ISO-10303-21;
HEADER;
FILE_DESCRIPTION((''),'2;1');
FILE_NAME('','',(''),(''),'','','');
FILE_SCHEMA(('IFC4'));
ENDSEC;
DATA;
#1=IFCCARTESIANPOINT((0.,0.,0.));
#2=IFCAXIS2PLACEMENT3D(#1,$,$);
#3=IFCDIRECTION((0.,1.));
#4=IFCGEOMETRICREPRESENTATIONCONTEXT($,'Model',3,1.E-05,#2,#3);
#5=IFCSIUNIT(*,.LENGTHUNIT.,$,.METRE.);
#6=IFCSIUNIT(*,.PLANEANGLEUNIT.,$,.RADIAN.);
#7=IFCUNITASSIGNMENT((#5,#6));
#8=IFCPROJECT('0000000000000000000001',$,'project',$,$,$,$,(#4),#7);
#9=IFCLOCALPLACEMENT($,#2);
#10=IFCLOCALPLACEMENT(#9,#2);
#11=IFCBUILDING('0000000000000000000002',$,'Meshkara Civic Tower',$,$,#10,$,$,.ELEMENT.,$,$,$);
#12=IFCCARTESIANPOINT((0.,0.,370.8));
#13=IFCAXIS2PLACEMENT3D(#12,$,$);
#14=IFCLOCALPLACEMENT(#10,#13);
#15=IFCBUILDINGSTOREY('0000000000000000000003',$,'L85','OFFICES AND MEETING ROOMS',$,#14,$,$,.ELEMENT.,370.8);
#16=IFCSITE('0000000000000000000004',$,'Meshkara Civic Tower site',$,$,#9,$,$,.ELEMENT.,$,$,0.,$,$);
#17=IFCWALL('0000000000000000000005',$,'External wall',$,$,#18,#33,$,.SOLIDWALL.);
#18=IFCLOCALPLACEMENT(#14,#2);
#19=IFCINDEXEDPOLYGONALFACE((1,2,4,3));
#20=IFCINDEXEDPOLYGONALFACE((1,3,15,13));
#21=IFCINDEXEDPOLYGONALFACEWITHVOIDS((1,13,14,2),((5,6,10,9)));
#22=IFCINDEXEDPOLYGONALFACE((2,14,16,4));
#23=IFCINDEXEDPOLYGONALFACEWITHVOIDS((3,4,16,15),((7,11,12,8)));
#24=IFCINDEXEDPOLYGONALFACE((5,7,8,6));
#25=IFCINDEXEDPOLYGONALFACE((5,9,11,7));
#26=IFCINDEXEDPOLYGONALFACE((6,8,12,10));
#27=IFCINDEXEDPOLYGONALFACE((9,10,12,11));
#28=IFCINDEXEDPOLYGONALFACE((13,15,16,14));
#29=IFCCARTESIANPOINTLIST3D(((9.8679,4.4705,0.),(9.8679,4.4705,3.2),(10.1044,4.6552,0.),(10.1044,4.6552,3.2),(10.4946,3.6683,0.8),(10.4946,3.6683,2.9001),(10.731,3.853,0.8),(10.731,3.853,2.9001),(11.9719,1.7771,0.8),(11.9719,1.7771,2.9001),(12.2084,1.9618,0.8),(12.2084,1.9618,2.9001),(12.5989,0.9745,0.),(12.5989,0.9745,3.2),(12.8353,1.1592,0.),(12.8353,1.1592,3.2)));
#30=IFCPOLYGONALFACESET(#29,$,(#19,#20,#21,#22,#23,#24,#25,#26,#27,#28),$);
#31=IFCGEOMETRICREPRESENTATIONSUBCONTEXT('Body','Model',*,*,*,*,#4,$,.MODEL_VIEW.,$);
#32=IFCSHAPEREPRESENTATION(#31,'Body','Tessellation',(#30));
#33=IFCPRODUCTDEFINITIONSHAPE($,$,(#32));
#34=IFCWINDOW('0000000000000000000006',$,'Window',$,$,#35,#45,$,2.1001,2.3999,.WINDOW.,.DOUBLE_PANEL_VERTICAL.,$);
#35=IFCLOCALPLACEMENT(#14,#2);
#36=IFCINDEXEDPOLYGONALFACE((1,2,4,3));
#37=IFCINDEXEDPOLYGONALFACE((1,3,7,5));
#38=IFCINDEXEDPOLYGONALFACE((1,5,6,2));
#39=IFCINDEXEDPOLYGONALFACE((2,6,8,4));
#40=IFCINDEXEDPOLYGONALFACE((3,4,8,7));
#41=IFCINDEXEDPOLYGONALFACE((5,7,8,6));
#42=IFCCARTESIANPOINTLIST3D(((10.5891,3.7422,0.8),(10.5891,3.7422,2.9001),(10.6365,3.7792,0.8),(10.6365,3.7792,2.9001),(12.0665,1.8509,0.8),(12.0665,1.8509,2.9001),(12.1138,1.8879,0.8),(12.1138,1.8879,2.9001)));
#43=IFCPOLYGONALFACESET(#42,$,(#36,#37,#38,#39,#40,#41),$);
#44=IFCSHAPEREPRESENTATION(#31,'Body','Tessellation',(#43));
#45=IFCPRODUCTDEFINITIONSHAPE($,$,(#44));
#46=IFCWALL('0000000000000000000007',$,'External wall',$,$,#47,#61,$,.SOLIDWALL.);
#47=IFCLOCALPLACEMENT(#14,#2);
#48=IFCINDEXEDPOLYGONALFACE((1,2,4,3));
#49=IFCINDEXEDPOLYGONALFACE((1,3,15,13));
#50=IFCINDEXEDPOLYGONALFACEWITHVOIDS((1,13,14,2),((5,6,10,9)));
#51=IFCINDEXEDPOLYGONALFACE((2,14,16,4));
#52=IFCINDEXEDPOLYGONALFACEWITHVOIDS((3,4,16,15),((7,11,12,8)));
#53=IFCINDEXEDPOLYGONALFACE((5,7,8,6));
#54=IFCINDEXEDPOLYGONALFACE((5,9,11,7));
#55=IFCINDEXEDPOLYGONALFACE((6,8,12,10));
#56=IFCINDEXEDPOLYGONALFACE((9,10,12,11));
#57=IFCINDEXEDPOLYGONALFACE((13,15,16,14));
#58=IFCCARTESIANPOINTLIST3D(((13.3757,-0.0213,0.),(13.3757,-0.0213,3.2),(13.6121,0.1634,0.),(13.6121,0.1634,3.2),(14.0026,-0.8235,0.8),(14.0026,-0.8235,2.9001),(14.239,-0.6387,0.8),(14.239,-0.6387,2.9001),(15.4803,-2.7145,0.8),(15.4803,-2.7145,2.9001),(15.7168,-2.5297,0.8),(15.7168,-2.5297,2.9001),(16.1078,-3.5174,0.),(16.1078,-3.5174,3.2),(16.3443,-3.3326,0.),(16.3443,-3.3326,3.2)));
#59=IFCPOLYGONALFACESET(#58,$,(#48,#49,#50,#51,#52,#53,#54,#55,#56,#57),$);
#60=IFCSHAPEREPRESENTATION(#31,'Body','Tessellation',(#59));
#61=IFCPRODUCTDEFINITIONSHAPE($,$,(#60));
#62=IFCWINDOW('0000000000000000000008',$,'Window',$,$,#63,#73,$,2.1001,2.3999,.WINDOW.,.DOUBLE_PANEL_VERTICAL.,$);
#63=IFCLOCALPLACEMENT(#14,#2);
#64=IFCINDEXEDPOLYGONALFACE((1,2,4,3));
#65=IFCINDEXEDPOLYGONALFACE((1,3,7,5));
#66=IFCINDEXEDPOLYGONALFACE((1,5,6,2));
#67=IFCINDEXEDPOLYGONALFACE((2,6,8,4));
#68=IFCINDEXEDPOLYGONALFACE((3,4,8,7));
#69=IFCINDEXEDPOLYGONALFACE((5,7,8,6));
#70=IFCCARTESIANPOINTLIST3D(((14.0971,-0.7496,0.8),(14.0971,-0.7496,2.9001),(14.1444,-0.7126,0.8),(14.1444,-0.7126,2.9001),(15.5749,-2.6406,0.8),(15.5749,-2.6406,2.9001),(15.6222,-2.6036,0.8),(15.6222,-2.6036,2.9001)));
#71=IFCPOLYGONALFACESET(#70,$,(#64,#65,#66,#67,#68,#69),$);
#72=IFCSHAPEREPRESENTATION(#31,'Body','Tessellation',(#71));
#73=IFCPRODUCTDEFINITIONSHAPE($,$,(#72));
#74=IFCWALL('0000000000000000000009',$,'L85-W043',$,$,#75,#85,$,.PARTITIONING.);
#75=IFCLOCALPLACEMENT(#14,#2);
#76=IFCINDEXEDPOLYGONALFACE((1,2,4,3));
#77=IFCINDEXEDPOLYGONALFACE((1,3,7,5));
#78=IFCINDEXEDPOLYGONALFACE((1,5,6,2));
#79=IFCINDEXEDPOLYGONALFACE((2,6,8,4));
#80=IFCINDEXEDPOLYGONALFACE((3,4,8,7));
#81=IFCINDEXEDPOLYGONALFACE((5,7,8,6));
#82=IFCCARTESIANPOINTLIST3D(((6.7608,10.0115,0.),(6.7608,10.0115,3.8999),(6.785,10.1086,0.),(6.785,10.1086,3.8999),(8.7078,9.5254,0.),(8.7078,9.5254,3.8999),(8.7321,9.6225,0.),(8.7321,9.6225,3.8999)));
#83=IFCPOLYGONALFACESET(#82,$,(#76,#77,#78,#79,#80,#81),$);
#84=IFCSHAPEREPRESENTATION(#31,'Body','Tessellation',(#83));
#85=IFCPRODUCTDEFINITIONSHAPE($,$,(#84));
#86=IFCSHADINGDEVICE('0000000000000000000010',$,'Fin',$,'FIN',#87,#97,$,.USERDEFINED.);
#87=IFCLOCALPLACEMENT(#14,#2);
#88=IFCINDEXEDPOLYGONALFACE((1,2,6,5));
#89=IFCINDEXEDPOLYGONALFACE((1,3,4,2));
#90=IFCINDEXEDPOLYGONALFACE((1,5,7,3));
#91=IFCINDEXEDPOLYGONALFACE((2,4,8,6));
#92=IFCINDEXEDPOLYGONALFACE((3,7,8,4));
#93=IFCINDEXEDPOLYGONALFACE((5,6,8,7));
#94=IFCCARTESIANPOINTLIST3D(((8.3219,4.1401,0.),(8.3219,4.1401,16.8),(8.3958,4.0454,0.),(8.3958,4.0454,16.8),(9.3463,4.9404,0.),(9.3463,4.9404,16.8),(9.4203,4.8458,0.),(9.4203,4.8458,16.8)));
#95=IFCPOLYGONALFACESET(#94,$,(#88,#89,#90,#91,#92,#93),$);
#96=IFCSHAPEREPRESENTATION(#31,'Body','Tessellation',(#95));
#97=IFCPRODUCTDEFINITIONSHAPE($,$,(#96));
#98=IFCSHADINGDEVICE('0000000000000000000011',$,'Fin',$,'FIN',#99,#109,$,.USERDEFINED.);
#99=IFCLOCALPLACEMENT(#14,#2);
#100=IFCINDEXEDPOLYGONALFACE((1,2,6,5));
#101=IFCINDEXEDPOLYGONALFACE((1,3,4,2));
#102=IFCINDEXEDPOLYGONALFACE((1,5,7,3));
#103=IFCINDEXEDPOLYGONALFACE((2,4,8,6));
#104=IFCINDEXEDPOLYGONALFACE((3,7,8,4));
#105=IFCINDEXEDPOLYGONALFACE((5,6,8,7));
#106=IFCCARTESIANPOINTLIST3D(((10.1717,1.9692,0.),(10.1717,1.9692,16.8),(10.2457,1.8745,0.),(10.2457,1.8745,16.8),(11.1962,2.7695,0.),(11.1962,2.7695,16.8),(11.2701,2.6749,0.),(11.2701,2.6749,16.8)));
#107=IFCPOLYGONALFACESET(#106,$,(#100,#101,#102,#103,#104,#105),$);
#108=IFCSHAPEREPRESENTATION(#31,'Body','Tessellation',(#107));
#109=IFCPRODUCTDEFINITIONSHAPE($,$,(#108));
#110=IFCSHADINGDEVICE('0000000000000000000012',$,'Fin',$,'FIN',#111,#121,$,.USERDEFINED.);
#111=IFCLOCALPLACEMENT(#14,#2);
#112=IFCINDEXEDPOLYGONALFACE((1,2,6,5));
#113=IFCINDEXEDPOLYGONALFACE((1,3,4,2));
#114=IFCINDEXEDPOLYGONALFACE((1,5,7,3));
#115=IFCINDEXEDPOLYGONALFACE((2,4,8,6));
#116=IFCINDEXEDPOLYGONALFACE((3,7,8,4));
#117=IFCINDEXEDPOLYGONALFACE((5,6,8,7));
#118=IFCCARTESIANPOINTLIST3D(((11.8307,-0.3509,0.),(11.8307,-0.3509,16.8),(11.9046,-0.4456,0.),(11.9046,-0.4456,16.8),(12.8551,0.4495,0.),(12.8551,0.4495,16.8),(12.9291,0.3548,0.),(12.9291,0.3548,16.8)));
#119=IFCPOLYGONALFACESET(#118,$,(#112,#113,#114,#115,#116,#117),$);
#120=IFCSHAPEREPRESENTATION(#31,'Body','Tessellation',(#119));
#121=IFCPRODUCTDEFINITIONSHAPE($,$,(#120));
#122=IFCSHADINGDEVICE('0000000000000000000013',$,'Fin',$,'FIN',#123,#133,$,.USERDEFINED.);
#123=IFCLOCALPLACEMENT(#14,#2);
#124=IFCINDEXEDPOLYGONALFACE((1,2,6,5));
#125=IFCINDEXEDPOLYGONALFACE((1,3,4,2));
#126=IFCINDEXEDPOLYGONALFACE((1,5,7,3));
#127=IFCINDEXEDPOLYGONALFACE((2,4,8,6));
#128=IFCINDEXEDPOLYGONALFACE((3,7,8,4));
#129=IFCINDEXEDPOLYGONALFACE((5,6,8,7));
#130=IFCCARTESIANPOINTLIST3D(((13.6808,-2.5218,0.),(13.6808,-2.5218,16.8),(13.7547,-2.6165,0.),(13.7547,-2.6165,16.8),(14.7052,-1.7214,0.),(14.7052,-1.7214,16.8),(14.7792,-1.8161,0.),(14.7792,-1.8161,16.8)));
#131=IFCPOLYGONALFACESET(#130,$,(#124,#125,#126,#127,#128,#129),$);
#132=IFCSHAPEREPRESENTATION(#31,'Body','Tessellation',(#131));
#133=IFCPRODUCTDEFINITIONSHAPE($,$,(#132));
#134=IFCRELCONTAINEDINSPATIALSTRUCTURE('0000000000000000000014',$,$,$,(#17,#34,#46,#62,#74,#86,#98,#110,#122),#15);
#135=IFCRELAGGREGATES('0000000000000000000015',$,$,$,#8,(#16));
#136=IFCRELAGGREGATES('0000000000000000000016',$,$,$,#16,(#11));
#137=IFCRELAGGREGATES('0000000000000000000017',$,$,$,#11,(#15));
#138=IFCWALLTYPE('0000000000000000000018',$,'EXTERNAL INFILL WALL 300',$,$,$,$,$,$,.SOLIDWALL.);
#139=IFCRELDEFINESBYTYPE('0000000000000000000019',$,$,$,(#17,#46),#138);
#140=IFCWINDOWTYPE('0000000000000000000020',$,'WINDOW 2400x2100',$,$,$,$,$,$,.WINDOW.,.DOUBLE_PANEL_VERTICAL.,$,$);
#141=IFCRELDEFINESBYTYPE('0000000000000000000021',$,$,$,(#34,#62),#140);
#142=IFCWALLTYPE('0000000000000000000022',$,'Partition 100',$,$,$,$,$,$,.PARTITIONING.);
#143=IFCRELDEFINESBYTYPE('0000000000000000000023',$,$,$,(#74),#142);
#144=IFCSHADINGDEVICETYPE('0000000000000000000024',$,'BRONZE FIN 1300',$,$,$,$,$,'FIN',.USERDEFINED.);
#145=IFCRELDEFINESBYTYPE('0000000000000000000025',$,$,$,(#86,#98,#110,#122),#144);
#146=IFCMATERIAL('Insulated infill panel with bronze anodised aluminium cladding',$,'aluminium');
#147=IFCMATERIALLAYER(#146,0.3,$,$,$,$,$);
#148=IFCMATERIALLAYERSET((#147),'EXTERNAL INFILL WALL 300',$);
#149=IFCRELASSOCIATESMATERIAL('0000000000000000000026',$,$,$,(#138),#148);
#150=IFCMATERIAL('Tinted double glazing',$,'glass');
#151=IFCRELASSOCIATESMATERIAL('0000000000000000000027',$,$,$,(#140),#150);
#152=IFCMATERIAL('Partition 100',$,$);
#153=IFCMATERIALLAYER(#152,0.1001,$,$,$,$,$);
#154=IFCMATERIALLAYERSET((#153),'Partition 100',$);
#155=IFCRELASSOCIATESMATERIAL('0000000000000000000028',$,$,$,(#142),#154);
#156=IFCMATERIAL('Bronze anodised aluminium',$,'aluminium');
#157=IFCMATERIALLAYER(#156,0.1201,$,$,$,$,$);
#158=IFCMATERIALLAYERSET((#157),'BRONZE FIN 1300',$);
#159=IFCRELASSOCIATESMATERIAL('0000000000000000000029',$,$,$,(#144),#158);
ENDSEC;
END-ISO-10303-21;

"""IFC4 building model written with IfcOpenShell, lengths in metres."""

from ifc_helpers import new_model, si_unit, direction, frame, frame_2d, origin, origin_2d, place, context, subcontext, project, spatial, rectangle, extrude, material, layer, layer_set, type_object, element, fill, save


model = new_model("IFC4")

# Units and contexts
model_context = context("Model", 3, precision=1e-05, world=origin(), true_north=direction((0.0, 1.0)))
body_context = subcontext(model_context, "Body", "Model", "MODEL_VIEW")
ifc_project = project(units=[si_unit("LENGTHUNIT", "METRE"), si_unit("PLANEANGLEUNIT", "RADIAN")], contexts=[model_context])

# Site, building, storey
site_placement = place(None, origin())
site = spatial("IfcSite", under=ifc_project, at=site_placement, Name="Meshkara Civic Tower site", CompositionType="ELEMENT", RefElevation=0.0)
building_placement = place(site_placement, origin())
building = spatial("IfcBuilding", under=site, at=building_placement, Name="Meshkara Civic Tower", CompositionType="ELEMENT")
storey_placement = place(building_placement, frame((0.0, 0.0, 370.8)))
storey = spatial("IfcBuildingStorey", under=building, at=storey_placement, Name="L85", Description="OFFICES AND MEETING ROOMS", CompositionType="ELEMENT", Elevation=370.8)

# Walls, openings, windows
ifc_material_1 = material(Name="Insulated infill panel with bronze anodised aluminium cladding", Category="aluminium")
ifc_layer_1 = layer(ifc_material_1, 0.3)
ifc_layer_set_1 = layer_set([ifc_layer_1], Name="EXTERNAL INFILL WALL 300")
wall_type_1 = type_object("IfcWallType", Name="EXTERNAL INFILL WALL 300", PredefinedType="SOLIDWALL", material=ifc_layer_set_1)
wall_1_placement = place(storey_placement, frame((9.9861, 4.563, 0.0), z_axis=(0.0, 0.0, 1.0), x_axis=(0.615593, -0.788064, 0.0)))
wall_1 = element("IfcWall", 1, at=wall_1_placement, inside=storey, type_object=wall_type_1, Name="External wall", PredefinedType="SOLIDWALL", context=body_context, shape_type="SweptSolid", body=[
    extrude(rectangle(XDim=4.4363, YDim=0.3, at=frame_2d((2.2183, 0.0))), origin(), (0.0, 0.0, 1.0), 3.2),
])
opening_1_placement = place(wall_1_placement, frame((1.0181, 0.0, 0.8)))
opening_1 = element("IfcOpeningElement", 2, at=opening_1_placement, cuts=wall_1, PredefinedType="OPENING", context=body_context, shape_type="SweptSolid", body=[
    extrude(rectangle(XDim=2.3999, YDim=2.1001, at=frame_2d((1.2, 1.05))), frame((0.0, 0.1599, 0.0), z_axis=(0.0, -1.0, 0.0), x_axis=(1.0, 0.0, 0.0)), (0.0, 0.0, 1.0), 0.3201),
])
ifc_material_2 = material(Name="Tinted double glazing", Category="glass")
window_type = type_object("IfcWindowType", Name="WINDOW 2400x2100", PartitioningType="DOUBLE_PANEL_VERTICAL", PredefinedType="WINDOW", material=ifc_material_2)
window_1_placement = place(opening_1_placement, origin())
window_1 = element("IfcWindow", 3, at=window_1_placement, inside=storey, type_object=window_type, Name="Window", OverallHeight=2.1001, OverallWidth=2.3999, PartitioningType="DOUBLE_PANEL_VERTICAL", PredefinedType="WINDOW", context=body_context, shape_type="SweptSolid", body=[
    extrude(rectangle(XDim=2.3999, YDim=2.1001, at=frame_2d((1.2, 1.05))), frame((0.0, 0.03, 0.0), z_axis=(0.0, -1.0, 0.0), x_axis=(1.0, 0.0, 0.0)), (0.0, 0.0, 1.0), 0.0601),
])
fill(opening_1, window_1)
wall_2_placement = place(storey_placement, frame((13.4939, 0.071, 0.0), z_axis=(0.0, 0.0, 1.0), x_axis=(0.615764, -0.787931, 0.0)))
wall_2 = element("IfcWall", 4, at=wall_2_placement, inside=storey, type_object=wall_type_1, Name="External wall", PredefinedType="SOLIDWALL", context=body_context, shape_type="SweptSolid", body=[
    extrude(rectangle(XDim=4.437, YDim=0.3, at=frame_2d((2.2185, 0.0))), origin(), (0.0, 0.0, 1.0), 3.2),
])
opening_2_placement = place(wall_2_placement, frame((1.0181, 0.0, 0.8)))
opening_2 = element("IfcOpeningElement", 5, at=opening_2_placement, cuts=wall_2, PredefinedType="OPENING", context=body_context, shape_type="SweptSolid", body=[
    extrude(rectangle(XDim=2.3999, YDim=2.1001, at=frame_2d((1.2, 1.05))), frame((0.0, 0.1599, 0.0), z_axis=(0.0, -1.0, 0.0), x_axis=(1.0, 0.0, 0.0)), (0.0, 0.0, 1.0), 0.3201),
])
window_2_placement = place(opening_2_placement, origin())
window_2 = element("IfcWindow", 6, at=window_2_placement, inside=storey, type_object=window_type, Name="Window", OverallHeight=2.1001, OverallWidth=2.3999, PartitioningType="DOUBLE_PANEL_VERTICAL", PredefinedType="WINDOW", context=body_context, shape_type="SweptSolid", body=[
    extrude(rectangle(XDim=2.3999, YDim=2.1001, at=frame_2d((1.2, 1.05))), frame((0.0, 0.03, 0.0), z_axis=(0.0, -1.0, 0.0), x_axis=(1.0, 0.0, 0.0)), (0.0, 0.0, 1.0), 0.0601),
])
fill(opening_2, window_2)

# Wall
ifc_material_3 = material(Name="Partition 100")
ifc_layer_2 = layer(ifc_material_3, 0.1001)
ifc_layer_set_2 = layer_set([ifc_layer_2], Name="Partition 100")
wall_type_2 = type_object("IfcWallType", Name="Partition 100", PredefinedType="PARTITIONING", material=ifc_layer_set_2)
wall_3_placement = place(storey_placement, frame((8.72, 9.574, 0.0), z_axis=(0.0, 0.0, 1.0), x_axis=(-0.970221, 0.242221, 0.0)))
element("IfcWall", 7, at=wall_3_placement, inside=storey, type_object=wall_type_2, Name="L85-W043", PredefinedType="PARTITIONING", context=body_context, shape_type="SweptSolid", body=[
    extrude(rectangle(XDim=2.0068, YDim=0.1001, at=frame_2d((1.0034, 0.0))), origin(), (0.0, 0.0, 1.0), 3.8999),
])

# Shading devices
ifc_material_4 = material(Name="Bronze anodised aluminium", Category="aluminium")
ifc_layer_3 = layer(ifc_material_4, 0.1201)
ifc_layer_set_3 = layer_set([ifc_layer_3], Name="BRONZE FIN 1300")
shading_device_type = type_object("IfcShadingDeviceType", Name="BRONZE FIN 1300", ElementType="FIN", PredefinedType="USERDEFINED", material=ifc_layer_set_3)
for number, where, z_axis, x_axis, name in (
    (8, (8.8711, 4.4929, 0.0), (0.0, 0.0, 1.0), (0.615661, -0.788011, 0.0), "Fin"),
    (9, (10.7209, 2.322, 0.0), (0.0, 0.0, 1.0), (0.615661, -0.788011, 0.0), "Fin"),
    (10, (12.3799, 0.002, 0.0), (0.0, 0.0, 1.0), (0.615661, -0.788011, 0.0), "Fin"),
    (11, (14.23, -2.1689, 0.0), (0.0, 0.0, 1.0), (0.615661, -0.788011, 0.0), "Fin"),
):
    element("IfcShadingDevice", number, at=place(storey_placement, frame(where, z_axis=z_axis, x_axis=x_axis)), inside=storey, type_object=shading_device_type, Name=name, ObjectType="FIN", PredefinedType="USERDEFINED", context=body_context, shape_type="SweptSolid", body=[
        extrude(rectangle(XDim=0.1201, YDim=1.3, at=origin_2d()), origin(), (0.0, 0.0, 1.0), 16.8),
    ])

save(model, "model.ifc")
